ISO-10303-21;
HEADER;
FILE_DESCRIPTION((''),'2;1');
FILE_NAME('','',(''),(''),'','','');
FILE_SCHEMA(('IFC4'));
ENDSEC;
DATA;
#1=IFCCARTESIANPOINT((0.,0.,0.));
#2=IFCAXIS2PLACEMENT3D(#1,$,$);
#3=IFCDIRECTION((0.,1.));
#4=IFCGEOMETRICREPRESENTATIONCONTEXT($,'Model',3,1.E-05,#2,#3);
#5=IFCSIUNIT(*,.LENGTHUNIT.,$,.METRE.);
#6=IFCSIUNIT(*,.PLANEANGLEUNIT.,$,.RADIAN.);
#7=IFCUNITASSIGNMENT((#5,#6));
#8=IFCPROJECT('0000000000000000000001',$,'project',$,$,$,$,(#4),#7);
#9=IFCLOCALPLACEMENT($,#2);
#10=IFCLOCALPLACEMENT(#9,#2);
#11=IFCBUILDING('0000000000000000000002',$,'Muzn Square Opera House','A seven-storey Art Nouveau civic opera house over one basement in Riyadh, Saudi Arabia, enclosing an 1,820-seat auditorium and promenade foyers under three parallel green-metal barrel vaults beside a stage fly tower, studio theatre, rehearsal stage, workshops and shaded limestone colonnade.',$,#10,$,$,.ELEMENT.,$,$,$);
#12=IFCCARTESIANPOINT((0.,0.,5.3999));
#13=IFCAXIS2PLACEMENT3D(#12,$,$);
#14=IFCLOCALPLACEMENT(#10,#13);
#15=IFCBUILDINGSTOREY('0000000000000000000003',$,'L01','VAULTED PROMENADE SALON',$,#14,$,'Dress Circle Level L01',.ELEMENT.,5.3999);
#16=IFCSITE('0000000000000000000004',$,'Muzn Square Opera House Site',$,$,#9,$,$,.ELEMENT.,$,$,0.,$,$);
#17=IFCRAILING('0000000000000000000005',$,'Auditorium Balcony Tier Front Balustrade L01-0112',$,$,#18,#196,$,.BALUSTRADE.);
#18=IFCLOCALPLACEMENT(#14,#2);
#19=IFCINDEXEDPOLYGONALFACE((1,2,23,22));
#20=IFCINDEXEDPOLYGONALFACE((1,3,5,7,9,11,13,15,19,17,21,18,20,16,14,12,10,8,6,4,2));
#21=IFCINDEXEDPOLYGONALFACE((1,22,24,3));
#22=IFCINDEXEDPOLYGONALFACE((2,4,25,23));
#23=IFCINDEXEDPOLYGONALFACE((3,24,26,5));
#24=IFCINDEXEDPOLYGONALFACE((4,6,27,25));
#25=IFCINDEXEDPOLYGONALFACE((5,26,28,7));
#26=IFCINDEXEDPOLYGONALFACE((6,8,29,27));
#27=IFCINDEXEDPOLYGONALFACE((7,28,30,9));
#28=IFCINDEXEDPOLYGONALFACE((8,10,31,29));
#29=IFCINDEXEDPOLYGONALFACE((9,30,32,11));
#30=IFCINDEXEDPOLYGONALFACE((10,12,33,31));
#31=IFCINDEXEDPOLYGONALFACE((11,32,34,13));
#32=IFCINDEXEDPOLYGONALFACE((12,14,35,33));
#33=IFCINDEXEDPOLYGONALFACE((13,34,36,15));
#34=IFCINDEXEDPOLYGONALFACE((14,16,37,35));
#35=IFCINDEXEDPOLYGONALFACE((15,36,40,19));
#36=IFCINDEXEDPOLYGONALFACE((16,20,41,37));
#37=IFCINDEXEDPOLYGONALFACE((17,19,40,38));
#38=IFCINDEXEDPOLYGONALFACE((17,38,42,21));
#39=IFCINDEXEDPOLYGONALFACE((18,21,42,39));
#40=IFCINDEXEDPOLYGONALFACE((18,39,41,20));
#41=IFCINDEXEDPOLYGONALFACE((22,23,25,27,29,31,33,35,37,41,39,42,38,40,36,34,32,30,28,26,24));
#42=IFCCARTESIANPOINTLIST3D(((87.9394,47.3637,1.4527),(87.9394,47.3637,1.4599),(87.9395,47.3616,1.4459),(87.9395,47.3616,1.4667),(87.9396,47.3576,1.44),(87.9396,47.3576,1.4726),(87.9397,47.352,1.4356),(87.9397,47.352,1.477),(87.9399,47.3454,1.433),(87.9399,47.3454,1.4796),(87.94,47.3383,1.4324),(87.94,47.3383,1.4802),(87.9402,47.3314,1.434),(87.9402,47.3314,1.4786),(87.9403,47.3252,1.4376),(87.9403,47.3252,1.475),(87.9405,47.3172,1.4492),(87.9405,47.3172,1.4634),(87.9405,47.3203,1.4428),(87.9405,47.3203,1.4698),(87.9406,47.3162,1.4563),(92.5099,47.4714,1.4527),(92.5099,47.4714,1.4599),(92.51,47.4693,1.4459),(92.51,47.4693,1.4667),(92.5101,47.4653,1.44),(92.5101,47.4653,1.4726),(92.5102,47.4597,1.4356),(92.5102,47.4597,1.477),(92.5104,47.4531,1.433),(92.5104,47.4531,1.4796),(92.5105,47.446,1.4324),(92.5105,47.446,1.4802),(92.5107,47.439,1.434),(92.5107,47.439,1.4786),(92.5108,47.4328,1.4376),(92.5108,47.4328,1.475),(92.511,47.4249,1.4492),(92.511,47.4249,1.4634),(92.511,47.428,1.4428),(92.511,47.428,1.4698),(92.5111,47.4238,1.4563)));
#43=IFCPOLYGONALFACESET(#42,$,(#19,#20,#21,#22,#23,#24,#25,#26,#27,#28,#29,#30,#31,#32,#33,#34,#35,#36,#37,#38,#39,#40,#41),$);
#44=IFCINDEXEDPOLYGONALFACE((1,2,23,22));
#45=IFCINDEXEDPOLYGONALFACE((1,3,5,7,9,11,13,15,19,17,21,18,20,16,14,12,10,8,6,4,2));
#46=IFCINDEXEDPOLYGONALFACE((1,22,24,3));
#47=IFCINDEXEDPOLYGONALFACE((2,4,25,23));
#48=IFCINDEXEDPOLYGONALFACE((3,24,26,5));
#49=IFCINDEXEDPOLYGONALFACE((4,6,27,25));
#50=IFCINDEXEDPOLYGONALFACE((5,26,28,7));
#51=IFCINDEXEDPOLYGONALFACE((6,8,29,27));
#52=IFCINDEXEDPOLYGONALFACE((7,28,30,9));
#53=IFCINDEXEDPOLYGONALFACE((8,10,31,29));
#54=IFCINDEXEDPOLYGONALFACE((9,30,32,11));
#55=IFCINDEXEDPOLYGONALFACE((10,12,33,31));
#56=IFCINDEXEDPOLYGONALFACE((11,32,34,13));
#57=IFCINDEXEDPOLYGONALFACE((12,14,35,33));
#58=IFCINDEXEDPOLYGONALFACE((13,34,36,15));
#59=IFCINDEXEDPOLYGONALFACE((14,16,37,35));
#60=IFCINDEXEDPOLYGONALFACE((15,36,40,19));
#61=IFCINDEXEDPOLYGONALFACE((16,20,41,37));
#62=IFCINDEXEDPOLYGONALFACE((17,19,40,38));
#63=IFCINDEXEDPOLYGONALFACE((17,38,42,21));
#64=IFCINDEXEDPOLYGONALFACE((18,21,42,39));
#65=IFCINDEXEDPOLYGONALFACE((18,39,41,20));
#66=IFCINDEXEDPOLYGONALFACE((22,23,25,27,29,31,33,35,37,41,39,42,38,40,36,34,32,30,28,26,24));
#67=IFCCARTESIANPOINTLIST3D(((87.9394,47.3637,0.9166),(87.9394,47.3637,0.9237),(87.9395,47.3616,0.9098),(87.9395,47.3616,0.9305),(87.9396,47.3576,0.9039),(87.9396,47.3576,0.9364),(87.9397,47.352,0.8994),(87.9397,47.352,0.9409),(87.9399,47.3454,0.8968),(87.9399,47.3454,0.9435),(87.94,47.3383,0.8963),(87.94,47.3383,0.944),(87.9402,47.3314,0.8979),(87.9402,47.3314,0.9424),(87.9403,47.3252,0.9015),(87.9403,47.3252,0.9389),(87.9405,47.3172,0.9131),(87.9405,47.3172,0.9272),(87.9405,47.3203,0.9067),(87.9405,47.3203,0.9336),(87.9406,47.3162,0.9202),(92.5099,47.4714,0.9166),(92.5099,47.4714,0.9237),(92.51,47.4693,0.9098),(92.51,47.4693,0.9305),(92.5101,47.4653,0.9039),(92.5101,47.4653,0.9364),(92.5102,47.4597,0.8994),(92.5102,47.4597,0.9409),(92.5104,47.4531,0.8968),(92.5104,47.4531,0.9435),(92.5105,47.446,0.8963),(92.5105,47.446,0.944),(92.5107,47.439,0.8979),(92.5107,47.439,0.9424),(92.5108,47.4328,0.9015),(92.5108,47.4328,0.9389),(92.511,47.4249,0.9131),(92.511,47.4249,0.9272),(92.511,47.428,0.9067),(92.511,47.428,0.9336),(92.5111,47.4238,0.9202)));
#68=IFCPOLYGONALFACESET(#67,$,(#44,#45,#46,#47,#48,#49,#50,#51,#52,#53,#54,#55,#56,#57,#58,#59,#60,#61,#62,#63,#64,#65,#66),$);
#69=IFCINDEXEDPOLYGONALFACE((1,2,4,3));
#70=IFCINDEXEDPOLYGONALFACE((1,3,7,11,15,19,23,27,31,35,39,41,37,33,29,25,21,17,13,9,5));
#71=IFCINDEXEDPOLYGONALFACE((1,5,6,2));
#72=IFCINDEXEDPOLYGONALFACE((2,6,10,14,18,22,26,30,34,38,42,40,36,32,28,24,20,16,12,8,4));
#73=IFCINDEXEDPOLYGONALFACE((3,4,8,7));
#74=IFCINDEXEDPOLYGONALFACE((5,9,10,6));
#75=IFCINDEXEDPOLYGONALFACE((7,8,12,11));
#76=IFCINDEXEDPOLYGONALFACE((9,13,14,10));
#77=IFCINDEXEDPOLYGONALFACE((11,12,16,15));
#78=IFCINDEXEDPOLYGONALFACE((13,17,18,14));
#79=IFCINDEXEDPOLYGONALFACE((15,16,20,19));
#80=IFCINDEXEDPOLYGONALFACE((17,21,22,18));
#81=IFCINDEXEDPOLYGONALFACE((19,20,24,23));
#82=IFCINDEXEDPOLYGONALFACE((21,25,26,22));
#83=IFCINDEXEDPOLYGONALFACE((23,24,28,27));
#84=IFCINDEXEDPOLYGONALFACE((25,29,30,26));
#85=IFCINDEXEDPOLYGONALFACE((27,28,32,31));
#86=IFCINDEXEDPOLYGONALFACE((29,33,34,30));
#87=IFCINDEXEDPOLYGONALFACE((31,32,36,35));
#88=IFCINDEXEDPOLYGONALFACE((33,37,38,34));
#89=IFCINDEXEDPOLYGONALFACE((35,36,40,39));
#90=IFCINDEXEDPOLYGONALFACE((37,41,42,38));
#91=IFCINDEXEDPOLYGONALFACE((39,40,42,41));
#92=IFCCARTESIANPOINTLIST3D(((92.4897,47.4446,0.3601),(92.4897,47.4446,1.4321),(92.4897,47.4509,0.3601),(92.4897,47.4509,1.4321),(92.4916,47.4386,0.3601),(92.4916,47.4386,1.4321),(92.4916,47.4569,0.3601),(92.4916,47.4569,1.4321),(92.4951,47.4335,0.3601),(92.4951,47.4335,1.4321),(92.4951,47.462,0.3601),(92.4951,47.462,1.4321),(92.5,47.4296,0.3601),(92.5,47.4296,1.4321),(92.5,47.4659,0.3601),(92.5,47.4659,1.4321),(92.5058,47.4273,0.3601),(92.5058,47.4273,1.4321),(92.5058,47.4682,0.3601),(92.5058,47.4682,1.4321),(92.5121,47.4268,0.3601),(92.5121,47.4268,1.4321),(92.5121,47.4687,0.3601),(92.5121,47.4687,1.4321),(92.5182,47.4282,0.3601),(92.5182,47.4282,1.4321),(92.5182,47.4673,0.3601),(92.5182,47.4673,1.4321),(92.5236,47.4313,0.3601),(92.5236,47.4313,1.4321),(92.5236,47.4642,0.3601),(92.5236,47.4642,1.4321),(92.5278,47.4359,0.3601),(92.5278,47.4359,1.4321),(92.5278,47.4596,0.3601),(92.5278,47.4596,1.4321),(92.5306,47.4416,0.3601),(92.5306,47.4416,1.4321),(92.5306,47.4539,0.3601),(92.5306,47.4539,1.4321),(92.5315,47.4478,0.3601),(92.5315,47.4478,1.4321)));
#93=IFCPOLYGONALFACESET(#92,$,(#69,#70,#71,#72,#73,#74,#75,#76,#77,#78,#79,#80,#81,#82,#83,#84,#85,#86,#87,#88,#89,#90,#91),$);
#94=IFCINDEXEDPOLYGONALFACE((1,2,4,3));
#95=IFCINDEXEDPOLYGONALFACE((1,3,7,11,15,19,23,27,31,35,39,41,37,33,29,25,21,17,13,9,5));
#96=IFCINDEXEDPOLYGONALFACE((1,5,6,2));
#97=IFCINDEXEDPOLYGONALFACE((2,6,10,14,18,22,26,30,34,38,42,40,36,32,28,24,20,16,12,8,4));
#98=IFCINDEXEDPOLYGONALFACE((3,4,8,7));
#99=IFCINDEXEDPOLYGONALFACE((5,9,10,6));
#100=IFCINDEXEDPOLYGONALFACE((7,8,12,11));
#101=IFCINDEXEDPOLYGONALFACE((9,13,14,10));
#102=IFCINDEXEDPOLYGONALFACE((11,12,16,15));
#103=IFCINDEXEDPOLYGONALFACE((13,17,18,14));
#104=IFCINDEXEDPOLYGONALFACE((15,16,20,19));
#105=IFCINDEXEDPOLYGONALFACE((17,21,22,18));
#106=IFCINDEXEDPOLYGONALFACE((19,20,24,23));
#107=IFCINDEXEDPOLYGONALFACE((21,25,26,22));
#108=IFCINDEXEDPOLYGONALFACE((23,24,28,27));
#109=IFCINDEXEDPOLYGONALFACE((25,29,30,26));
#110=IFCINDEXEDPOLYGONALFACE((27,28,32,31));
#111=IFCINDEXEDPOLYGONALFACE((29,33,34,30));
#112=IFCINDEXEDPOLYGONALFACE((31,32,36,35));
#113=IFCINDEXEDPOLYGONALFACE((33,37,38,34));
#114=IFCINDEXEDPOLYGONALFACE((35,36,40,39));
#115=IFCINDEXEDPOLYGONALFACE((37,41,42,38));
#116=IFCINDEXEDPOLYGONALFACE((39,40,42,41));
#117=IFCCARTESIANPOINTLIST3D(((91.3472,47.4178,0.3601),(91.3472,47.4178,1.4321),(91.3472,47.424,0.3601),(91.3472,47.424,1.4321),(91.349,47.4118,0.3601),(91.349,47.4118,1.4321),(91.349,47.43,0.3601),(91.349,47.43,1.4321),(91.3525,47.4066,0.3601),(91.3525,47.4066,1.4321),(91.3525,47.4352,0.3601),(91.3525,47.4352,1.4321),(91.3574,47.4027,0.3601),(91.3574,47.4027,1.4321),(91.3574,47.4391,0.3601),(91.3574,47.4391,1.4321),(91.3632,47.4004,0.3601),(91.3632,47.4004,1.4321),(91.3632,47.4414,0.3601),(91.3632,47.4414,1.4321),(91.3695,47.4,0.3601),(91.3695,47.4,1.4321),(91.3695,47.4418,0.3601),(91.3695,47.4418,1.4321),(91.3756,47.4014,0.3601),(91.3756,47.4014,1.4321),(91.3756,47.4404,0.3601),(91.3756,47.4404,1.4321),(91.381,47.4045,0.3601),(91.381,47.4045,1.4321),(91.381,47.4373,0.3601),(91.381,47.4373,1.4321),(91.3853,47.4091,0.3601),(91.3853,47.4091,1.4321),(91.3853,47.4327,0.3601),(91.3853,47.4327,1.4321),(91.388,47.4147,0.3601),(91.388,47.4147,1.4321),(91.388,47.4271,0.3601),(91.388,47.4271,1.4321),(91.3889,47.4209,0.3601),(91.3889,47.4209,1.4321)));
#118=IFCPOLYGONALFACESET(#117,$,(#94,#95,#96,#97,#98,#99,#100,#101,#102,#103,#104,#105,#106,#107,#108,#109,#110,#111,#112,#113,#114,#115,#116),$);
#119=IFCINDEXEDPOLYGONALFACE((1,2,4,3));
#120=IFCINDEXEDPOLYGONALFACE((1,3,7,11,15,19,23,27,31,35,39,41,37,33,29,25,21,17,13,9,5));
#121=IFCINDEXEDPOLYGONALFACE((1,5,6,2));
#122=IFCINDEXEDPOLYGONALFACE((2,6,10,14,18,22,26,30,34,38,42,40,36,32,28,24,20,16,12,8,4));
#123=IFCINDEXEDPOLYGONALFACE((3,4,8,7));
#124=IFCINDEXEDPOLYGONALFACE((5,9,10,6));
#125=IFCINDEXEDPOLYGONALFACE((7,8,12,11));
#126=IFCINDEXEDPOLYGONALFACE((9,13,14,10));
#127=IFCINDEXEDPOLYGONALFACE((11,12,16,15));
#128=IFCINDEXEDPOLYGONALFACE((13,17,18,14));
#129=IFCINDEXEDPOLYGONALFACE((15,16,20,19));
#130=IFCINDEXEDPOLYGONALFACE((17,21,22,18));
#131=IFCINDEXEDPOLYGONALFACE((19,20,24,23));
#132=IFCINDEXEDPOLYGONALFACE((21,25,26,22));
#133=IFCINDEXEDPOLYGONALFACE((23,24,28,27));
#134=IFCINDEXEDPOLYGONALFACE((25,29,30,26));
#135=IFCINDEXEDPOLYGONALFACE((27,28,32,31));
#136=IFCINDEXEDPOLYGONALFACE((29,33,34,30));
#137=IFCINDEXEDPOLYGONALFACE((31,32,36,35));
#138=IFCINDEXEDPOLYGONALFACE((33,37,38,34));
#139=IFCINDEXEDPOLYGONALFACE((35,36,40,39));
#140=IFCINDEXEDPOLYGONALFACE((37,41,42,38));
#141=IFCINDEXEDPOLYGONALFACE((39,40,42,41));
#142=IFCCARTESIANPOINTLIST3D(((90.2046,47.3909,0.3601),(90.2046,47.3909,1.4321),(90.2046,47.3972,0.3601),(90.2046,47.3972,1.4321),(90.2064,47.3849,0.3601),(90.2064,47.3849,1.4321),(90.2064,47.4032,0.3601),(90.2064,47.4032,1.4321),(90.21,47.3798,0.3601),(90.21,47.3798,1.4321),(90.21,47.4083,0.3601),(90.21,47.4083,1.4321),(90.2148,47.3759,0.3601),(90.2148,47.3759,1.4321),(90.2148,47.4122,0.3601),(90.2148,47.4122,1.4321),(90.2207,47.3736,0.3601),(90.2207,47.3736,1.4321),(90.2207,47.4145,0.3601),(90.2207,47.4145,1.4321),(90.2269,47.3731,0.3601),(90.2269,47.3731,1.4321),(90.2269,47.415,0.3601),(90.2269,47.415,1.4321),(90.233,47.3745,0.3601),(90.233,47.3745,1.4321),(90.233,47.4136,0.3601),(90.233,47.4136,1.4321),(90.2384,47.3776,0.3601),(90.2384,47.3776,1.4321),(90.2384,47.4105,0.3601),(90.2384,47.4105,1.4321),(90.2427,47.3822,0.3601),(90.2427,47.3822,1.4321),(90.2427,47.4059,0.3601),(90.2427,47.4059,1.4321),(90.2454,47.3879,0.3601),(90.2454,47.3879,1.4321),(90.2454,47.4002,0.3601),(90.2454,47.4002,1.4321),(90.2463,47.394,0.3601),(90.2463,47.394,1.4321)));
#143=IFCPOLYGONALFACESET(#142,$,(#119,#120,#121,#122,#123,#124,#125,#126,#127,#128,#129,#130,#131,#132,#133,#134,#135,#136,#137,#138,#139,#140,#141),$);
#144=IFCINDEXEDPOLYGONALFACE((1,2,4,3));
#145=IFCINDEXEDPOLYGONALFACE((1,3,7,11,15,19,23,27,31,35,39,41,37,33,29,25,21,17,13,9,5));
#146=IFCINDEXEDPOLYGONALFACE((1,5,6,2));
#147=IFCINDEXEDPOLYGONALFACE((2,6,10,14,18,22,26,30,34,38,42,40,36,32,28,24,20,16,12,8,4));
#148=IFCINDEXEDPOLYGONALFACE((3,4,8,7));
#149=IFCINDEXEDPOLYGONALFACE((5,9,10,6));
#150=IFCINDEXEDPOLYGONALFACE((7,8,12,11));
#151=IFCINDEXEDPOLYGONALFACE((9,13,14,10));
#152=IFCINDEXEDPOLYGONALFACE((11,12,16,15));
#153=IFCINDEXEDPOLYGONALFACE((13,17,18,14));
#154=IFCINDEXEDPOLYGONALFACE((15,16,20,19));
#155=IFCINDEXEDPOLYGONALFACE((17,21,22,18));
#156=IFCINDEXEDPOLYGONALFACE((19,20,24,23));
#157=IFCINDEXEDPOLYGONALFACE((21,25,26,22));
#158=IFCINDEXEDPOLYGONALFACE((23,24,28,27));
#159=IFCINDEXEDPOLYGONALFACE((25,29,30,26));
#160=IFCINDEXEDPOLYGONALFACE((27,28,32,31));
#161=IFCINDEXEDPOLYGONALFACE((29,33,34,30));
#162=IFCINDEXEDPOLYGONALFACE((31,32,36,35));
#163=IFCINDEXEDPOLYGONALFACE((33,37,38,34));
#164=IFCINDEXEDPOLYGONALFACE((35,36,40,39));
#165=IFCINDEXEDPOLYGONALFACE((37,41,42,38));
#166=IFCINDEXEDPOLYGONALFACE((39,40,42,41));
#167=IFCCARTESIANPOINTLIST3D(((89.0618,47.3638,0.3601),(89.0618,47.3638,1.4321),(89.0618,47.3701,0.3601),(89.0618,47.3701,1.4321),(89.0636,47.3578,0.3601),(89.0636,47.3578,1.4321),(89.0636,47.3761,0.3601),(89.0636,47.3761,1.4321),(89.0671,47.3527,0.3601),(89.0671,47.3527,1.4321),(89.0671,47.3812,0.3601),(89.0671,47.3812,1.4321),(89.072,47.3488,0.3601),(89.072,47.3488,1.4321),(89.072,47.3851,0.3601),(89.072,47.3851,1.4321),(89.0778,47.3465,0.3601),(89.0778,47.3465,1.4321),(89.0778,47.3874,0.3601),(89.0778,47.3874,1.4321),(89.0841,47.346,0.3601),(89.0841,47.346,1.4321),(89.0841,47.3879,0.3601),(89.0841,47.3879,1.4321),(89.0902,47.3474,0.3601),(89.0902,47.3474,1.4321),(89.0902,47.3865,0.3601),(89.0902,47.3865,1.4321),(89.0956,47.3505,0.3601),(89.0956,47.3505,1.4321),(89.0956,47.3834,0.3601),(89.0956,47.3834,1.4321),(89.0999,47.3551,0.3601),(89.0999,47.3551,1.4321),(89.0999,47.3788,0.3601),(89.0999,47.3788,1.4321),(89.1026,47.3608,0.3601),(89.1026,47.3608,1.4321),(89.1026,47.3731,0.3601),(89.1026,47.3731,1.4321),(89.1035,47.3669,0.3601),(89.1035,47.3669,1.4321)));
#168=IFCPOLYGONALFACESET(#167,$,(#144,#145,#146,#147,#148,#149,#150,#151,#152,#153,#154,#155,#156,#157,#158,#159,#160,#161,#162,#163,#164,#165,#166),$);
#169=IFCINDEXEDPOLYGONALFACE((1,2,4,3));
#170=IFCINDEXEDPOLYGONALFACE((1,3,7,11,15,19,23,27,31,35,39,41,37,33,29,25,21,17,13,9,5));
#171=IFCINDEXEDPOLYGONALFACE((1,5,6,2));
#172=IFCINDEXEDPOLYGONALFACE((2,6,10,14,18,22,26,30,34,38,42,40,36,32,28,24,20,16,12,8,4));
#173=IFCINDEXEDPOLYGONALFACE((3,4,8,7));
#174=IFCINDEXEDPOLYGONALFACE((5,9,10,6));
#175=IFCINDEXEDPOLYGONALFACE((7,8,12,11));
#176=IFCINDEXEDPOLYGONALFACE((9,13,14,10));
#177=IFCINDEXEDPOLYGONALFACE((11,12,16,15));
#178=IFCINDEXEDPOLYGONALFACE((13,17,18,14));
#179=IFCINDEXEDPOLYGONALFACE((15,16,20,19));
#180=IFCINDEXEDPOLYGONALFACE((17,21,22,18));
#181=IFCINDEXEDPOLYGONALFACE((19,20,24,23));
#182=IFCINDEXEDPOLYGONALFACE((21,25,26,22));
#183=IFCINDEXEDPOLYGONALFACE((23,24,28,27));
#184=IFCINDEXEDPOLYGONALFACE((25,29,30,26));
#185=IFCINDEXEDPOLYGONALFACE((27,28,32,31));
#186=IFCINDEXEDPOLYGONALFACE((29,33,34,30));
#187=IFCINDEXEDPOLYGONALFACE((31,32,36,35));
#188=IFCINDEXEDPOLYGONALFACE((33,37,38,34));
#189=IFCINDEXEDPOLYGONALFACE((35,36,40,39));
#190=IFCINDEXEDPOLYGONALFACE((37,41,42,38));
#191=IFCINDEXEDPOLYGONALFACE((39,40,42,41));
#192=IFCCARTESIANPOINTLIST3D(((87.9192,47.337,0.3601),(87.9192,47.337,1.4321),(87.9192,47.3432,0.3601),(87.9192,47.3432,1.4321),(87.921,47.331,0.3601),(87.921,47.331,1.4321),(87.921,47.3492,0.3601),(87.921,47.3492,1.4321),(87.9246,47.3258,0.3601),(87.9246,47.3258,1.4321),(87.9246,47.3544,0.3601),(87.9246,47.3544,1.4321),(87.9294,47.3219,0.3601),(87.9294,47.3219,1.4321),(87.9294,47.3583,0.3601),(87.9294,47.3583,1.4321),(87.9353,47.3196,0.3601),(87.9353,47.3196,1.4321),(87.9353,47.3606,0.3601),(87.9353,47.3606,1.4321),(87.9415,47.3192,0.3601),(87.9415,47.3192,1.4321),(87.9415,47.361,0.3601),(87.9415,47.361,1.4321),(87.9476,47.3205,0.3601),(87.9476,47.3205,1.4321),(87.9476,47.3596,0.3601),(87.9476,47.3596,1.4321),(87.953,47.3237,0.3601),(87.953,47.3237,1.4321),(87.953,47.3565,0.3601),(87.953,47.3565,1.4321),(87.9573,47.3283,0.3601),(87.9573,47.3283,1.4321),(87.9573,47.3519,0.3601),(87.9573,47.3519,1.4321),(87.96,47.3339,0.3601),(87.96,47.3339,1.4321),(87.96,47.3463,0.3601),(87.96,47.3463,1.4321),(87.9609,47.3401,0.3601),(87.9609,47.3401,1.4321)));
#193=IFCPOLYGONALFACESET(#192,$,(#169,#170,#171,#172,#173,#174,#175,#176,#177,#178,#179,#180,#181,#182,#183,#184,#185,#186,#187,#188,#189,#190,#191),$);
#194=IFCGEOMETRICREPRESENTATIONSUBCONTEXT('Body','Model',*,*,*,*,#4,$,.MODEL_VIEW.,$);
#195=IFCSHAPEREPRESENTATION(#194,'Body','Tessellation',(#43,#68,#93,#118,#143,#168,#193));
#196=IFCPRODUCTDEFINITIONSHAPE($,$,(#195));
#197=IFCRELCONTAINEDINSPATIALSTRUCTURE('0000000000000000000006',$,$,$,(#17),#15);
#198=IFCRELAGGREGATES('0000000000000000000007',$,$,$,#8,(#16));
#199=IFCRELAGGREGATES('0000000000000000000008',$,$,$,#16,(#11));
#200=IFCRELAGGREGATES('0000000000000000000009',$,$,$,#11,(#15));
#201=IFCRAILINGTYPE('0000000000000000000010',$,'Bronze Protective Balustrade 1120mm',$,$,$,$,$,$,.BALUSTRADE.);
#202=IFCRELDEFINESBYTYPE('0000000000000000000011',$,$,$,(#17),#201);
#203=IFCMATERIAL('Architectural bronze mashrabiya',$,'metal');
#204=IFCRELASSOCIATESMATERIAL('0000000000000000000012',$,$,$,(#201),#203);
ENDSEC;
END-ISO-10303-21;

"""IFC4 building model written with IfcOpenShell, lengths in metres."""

from ifc_helpers import new_model, si_unit, direction, frame, origin, origin_2d, place, context, subcontext, project, spatial, circle, extrude, material, type_object, element, save


model = new_model("IFC4")

# Units and contexts
model_context = context("Model", 3, precision=1e-05, world=origin(), true_north=direction((0.0, 1.0)))
body_context = subcontext(model_context, "Body", "Model", "MODEL_VIEW")
ifc_project = project(units=[si_unit("LENGTHUNIT", "METRE"), si_unit("PLANEANGLEUNIT", "RADIAN")], contexts=[model_context])

# Site, building, storey
site_placement = place(None, origin())
site = spatial("IfcSite", under=ifc_project, at=site_placement, Name="Muzn Square Opera House Site", CompositionType="ELEMENT", RefElevation=0.0)
building_placement = place(site_placement, origin())
building = spatial("IfcBuilding", under=site, at=building_placement, Name="Muzn Square Opera House", Description="A seven-storey Art Nouveau civic opera house over one basement in Riyadh, Saudi Arabia, enclosing an 1,820-seat auditorium and promenade foyers under three parallel green-metal barrel vaults beside a stage fly tower, studio theatre, rehearsal stage, workshops and shaded limestone colonnade.", CompositionType="ELEMENT")
storey_placement = place(building_placement, frame((0.0, 0.0, 5.3999)))
storey = spatial("IfcBuildingStorey", under=building, at=storey_placement, Name="L01", Description="VAULTED PROMENADE SALON", LongName="Dress Circle Level L01", CompositionType="ELEMENT", Elevation=5.3999)

# Railing
ifc_material_1 = material(Name="Architectural bronze mashrabiya", Category="metal")
railing_type = type_object("IfcRailingType", Name="Bronze Protective Balustrade 1120mm", PredefinedType="BALUSTRADE", material=ifc_material_1)
railing_1_placement = place(storey_placement, frame((92.5105, 47.4478, 0.3601)))
element("IfcRailing", 1, at=railing_1_placement, inside=storey, type_object=railing_type, Name="Auditorium Balcony Tier Front Balustrade L01-0112", PredefinedType="BALUSTRADE", context=body_context, shape_type="SweptSolid", body=[
    extrude(circle(Radius=0.0239, at=origin_2d()), frame((0.0, 0.0, 1.0962), z_axis=(-0.999723, -0.02355, 0.0), x_axis=(0.02355, -0.999723, 0.0)), (0.0, 0.0, 1.0), 4.5718),
    extrude(circle(Radius=0.0239, at=origin_2d()), frame((0.0, 0.0, 0.5601), z_axis=(-0.999723, -0.02355, 0.0), x_axis=(0.02355, -0.999723, 0.0)), (0.0, 0.0, 1.0), 4.5718),
    extrude(circle(Radius=0.021, at=origin_2d()), origin(), (0.0, 0.0, 1.0), 1.072),
    extrude(circle(Radius=0.021, at=origin_2d()), frame((-1.1426, -0.0269, 0.0)), (0.0, 0.0, 1.0), 1.072),
    extrude(circle(Radius=0.021, at=origin_2d()), frame((-2.2852, -0.0537, 0.0)), (0.0, 0.0, 1.0), 1.072),
    extrude(circle(Radius=0.021, at=origin_2d()), frame((-3.428, -0.0808, 0.0)), (0.0, 0.0, 1.0), 1.072),
    extrude(circle(Radius=0.021, at=origin_2d()), frame((-4.5706, -0.1077, 0.0)), (0.0, 0.0, 1.0), 1.072),
])

save(model, "model.ifc")
